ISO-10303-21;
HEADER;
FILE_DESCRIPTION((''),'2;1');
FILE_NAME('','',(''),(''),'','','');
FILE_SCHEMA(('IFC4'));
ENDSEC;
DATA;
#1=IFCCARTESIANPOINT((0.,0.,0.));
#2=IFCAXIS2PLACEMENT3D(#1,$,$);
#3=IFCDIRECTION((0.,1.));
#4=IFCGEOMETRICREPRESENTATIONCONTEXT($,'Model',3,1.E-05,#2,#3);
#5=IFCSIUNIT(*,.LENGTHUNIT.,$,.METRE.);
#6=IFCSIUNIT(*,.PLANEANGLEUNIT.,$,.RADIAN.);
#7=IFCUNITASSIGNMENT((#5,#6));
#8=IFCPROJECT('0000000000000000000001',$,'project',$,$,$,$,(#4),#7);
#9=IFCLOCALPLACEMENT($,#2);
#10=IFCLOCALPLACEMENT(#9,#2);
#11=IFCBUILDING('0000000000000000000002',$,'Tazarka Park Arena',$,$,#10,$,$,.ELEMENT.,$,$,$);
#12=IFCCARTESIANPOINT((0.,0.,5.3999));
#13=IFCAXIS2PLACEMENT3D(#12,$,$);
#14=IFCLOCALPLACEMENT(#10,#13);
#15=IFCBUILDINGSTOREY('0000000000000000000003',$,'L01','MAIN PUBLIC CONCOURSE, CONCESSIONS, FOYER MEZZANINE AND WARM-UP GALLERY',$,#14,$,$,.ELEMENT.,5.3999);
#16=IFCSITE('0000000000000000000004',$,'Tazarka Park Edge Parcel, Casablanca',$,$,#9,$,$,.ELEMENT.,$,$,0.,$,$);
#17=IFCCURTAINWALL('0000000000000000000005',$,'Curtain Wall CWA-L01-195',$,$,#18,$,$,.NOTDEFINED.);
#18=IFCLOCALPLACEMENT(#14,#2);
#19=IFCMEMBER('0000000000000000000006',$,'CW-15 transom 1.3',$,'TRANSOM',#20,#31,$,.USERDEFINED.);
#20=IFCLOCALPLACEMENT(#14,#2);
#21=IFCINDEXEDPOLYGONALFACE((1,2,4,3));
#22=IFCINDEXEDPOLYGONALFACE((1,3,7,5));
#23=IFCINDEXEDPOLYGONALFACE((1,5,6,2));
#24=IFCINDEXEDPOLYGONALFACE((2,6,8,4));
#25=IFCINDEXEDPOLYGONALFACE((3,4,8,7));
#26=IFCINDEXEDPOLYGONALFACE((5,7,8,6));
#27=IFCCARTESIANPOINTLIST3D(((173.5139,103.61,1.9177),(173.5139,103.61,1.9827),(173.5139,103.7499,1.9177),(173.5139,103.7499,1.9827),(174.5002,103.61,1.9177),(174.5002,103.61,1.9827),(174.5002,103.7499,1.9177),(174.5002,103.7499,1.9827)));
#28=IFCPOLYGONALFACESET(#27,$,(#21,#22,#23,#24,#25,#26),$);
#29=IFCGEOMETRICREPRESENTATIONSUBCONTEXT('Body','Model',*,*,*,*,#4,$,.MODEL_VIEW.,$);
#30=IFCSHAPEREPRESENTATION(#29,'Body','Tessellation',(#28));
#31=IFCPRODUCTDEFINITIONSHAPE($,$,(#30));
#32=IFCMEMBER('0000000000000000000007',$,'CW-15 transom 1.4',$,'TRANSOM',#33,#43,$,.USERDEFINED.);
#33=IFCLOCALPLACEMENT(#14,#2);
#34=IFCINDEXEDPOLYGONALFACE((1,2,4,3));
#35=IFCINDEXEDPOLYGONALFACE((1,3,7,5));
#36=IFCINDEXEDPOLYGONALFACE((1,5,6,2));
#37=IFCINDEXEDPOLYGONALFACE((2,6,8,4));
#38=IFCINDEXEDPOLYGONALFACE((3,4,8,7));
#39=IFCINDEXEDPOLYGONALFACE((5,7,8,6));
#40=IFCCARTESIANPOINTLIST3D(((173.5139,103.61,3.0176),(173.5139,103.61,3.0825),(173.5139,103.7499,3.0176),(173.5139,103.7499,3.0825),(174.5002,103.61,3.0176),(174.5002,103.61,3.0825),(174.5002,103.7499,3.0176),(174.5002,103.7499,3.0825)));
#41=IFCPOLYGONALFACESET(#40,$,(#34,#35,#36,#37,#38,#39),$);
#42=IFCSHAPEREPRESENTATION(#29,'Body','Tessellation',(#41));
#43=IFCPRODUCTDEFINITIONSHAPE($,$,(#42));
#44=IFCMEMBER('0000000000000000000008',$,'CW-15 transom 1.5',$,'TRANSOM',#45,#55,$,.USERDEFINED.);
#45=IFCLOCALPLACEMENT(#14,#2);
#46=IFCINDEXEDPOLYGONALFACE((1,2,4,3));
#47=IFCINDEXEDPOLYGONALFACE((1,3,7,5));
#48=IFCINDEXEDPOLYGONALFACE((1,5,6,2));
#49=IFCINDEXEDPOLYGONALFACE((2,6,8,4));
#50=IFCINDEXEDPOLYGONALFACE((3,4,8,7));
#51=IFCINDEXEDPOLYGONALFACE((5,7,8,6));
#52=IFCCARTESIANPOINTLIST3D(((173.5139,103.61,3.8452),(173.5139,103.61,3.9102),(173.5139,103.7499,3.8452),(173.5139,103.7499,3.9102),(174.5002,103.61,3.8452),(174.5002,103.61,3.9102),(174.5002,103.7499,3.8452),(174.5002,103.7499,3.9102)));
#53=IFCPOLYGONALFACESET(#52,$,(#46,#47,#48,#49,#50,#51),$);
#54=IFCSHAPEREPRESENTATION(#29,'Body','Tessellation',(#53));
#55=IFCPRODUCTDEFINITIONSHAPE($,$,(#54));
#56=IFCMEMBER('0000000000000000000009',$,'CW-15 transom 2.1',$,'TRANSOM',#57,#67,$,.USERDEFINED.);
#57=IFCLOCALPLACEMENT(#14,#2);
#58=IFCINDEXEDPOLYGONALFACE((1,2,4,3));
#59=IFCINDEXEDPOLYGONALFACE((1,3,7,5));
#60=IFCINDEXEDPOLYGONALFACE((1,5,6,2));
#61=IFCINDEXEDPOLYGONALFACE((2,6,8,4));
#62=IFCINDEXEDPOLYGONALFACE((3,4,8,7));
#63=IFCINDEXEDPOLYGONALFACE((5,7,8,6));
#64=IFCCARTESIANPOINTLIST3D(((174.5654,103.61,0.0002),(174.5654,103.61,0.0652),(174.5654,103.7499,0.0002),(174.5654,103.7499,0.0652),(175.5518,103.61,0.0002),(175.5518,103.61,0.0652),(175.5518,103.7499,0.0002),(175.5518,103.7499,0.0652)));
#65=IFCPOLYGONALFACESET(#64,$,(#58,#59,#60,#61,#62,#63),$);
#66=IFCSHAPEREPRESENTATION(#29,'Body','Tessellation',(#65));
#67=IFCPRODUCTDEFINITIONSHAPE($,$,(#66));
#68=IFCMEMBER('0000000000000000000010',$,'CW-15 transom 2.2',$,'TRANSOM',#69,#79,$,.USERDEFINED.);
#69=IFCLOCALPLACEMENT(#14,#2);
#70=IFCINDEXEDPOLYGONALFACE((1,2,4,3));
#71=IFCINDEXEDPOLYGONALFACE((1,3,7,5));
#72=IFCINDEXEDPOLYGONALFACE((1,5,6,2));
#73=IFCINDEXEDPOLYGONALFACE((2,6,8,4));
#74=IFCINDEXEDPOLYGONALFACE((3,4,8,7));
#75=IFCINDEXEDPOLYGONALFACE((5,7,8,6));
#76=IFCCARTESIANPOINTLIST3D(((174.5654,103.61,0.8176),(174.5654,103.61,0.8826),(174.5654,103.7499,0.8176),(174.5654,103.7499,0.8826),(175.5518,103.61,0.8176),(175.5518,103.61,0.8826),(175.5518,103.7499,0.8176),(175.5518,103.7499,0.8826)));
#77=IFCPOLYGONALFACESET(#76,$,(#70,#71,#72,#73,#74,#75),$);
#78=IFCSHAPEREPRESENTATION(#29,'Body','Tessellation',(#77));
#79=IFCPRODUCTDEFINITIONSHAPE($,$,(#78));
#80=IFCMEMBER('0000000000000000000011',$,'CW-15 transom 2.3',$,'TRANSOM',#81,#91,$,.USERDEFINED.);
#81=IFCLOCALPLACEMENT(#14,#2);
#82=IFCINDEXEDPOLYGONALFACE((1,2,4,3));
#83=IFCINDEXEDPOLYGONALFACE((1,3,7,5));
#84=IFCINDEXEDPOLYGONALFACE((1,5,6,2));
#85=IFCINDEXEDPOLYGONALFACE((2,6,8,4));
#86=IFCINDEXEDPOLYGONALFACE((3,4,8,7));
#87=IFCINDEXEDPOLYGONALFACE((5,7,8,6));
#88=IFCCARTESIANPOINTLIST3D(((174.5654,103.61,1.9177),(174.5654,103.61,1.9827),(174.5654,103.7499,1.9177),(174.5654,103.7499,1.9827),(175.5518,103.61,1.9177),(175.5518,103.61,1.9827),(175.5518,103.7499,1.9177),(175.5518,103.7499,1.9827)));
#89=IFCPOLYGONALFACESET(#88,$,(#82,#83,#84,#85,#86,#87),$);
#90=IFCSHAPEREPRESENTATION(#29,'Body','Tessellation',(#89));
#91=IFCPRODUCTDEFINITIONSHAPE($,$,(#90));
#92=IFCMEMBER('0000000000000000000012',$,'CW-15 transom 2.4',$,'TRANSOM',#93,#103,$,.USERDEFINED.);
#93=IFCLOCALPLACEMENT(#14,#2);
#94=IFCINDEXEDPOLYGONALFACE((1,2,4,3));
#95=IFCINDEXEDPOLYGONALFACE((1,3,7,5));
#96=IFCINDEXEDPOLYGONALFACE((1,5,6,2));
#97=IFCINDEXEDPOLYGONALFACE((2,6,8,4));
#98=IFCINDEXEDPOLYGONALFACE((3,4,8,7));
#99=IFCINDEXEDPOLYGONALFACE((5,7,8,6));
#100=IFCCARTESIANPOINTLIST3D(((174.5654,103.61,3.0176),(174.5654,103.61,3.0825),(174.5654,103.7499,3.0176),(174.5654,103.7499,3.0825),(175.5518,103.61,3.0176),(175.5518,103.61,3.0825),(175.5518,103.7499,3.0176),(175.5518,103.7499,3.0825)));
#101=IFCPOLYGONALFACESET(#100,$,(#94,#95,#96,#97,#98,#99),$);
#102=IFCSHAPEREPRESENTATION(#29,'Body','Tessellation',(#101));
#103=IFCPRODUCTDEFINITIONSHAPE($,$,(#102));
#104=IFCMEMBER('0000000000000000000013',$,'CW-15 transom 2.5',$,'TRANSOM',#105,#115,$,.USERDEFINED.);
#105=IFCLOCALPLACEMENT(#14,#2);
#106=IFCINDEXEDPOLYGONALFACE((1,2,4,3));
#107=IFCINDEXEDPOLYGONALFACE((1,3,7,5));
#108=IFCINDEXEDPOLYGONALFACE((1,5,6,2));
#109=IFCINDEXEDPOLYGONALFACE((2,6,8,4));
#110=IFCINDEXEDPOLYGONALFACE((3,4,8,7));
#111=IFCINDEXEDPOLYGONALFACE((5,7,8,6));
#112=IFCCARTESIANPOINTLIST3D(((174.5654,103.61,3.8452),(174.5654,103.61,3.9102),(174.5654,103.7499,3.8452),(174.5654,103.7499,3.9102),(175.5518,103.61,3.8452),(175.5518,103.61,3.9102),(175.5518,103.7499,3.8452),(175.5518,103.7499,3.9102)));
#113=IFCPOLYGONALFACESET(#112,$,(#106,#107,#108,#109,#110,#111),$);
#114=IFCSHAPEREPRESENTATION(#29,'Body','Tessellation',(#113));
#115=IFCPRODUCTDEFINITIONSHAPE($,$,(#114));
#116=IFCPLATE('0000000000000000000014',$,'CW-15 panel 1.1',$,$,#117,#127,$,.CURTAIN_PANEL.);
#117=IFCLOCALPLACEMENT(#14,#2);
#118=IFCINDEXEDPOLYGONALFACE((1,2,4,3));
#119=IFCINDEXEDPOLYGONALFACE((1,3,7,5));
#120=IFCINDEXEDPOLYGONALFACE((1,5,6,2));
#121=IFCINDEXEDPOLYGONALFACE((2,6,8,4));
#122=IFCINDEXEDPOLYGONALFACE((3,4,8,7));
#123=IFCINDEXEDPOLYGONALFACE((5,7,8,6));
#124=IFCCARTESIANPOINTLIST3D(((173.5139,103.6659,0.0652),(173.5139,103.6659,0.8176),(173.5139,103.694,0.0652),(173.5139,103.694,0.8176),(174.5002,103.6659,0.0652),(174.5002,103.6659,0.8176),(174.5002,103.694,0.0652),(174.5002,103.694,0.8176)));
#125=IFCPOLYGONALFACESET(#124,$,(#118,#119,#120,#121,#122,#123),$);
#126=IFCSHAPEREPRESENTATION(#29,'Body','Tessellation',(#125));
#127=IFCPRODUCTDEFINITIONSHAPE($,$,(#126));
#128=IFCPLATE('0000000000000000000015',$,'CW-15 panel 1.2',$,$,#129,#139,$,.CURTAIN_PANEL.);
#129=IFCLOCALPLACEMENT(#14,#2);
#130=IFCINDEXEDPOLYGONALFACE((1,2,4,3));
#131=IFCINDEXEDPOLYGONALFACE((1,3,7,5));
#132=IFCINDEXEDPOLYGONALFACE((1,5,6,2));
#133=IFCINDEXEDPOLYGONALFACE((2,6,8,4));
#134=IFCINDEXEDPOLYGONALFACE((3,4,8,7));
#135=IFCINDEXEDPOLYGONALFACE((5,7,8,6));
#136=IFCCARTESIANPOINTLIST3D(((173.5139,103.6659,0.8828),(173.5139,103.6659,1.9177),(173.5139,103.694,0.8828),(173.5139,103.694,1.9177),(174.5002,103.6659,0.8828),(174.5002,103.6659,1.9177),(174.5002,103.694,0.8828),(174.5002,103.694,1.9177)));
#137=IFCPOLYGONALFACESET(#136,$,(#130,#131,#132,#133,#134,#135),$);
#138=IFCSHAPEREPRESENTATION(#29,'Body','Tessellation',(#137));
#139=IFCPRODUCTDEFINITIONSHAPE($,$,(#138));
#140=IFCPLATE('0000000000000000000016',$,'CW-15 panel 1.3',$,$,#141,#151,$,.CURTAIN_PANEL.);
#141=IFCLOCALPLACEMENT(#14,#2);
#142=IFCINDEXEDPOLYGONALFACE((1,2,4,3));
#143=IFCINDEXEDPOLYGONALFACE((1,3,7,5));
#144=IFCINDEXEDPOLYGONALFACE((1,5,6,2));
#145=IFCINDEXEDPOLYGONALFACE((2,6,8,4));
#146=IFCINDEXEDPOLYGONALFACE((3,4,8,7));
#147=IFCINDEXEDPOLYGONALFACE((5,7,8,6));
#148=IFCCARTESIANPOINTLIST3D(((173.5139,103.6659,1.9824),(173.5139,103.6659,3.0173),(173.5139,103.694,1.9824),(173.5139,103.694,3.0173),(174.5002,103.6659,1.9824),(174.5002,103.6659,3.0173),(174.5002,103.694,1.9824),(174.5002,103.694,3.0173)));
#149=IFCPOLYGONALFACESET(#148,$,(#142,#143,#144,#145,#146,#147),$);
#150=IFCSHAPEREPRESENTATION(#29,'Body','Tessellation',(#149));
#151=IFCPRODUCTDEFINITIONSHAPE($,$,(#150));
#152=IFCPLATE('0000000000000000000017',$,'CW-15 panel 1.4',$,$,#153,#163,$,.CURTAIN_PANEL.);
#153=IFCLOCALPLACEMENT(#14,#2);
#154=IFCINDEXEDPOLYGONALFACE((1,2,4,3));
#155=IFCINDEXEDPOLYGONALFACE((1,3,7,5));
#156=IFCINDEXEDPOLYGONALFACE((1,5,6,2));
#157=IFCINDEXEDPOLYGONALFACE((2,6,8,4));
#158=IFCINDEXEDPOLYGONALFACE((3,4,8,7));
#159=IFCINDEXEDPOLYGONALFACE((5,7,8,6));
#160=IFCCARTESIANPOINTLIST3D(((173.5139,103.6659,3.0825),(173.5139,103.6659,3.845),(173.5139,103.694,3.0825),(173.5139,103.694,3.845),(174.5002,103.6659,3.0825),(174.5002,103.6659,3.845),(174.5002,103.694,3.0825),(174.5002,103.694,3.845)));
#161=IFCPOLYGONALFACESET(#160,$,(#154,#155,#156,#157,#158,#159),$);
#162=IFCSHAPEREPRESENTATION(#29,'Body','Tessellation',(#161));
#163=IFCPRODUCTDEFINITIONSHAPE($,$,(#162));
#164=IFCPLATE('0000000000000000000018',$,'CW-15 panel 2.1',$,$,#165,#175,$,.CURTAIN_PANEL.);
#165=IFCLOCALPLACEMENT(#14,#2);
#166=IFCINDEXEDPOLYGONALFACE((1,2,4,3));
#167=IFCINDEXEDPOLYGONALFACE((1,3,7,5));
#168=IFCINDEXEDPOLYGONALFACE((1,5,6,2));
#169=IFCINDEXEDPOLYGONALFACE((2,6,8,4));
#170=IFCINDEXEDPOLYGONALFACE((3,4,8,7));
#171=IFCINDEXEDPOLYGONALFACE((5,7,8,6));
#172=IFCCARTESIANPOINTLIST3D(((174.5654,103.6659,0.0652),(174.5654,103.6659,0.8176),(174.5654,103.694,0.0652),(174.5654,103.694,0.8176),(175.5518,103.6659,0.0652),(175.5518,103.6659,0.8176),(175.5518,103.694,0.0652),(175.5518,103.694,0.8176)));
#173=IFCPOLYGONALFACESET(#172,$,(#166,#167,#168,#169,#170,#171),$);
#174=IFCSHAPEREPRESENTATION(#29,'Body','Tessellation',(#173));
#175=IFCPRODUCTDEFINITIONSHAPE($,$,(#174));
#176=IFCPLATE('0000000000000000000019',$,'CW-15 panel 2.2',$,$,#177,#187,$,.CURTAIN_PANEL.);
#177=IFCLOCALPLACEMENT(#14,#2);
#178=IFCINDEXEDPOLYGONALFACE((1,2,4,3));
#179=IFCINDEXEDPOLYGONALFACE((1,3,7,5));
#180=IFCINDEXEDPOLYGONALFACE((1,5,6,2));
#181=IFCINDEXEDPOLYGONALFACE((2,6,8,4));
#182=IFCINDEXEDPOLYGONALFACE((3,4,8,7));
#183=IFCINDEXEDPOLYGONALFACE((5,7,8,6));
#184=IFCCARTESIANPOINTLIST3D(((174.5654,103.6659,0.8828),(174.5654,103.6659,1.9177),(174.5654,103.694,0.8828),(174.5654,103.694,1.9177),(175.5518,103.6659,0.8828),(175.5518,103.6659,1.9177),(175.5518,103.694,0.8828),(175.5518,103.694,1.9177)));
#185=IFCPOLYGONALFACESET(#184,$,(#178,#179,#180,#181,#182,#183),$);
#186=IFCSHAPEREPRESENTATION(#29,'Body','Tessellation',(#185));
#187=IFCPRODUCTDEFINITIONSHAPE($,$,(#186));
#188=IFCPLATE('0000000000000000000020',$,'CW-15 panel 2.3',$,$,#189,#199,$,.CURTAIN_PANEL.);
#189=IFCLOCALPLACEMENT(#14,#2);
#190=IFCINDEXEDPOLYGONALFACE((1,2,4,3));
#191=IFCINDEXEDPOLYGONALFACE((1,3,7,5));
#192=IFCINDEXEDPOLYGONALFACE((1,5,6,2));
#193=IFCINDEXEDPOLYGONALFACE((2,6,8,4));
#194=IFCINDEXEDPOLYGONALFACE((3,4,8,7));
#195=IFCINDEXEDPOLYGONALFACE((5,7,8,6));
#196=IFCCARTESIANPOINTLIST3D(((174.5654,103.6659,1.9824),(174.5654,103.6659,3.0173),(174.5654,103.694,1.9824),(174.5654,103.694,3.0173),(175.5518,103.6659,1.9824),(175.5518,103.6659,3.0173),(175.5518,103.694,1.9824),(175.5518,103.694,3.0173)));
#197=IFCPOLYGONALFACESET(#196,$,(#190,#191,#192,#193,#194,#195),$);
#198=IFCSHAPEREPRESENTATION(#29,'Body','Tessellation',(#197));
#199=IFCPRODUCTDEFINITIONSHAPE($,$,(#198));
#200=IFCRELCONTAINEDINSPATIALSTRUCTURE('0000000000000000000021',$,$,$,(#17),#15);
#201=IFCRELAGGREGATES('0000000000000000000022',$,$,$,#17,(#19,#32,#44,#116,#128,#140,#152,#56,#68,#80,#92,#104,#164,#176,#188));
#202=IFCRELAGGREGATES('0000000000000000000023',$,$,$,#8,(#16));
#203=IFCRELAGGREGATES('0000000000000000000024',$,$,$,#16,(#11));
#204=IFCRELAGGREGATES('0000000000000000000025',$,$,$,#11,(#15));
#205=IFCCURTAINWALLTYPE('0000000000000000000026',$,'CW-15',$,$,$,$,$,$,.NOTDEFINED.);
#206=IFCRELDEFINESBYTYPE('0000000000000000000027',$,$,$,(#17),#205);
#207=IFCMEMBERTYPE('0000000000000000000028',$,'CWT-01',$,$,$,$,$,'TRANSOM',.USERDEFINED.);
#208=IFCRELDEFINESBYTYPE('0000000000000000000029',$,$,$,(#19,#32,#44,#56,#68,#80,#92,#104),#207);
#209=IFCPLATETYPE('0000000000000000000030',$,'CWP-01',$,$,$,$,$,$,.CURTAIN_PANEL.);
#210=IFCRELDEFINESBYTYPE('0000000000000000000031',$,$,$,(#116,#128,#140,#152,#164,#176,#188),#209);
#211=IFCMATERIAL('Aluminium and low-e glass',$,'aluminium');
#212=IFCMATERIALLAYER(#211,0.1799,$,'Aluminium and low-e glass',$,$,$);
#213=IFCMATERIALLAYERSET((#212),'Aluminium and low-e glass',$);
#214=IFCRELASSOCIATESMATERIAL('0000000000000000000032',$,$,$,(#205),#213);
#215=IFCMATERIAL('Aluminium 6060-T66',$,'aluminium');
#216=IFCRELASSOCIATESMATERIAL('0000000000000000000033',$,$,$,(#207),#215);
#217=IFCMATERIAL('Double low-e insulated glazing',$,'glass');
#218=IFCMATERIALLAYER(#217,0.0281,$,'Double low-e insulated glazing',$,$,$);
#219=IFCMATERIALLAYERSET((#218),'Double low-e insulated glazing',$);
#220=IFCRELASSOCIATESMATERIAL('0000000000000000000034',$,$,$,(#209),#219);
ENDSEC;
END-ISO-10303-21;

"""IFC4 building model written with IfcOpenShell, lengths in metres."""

from ifc_helpers import new_model, si_unit, direction, frame, origin, origin_2d, place, context, subcontext, project, spatial, rectangle, extrude, material, layer, layer_set, material_profile, profile_set, type_object, element, aggregate, save


model = new_model("IFC4")

# Units and contexts
model_context = context("Model", 3, precision=1e-05, world=origin(), true_north=direction((0.0, 1.0)))
body_context = subcontext(model_context, "Body", "Model", "MODEL_VIEW")
ifc_project = project(units=[si_unit("LENGTHUNIT", "METRE"), si_unit("PLANEANGLEUNIT", "RADIAN")], contexts=[model_context])

# Site, building, storey
site_placement = place(None, origin())
site = spatial("IfcSite", under=ifc_project, at=site_placement, Name="Tazarka Park Edge Parcel, Casablanca", CompositionType="ELEMENT", RefElevation=0.0)
building_placement = place(site_placement, origin())
building = spatial("IfcBuilding", under=site, at=building_placement, Name="Tazarka Park Arena", CompositionType="ELEMENT")
storey_placement = place(building_placement, frame((0.0, 0.0, 5.3999)))
storey = spatial("IfcBuildingStorey", under=building, at=storey_placement, Name="L01", Description="MAIN PUBLIC CONCOURSE, CONCESSIONS, FOYER MEZZANINE AND WARM-UP GALLERY", CompositionType="ELEMENT", Elevation=5.3999)

# Curtain wall
ifc_material_1 = material(Name="Aluminium and low-e glass", Category="aluminium")
ifc_layer_1 = layer(ifc_material_1, 0.1799, Name="Aluminium and low-e glass")
ifc_layer_set_1 = layer_set([ifc_layer_1], Name="Aluminium and low-e glass")
curtain_wall_type_1 = type_object("IfcCurtainWallType", Name="CW-15", PredefinedType="NOTDEFINED", material=ifc_layer_set_1)
curtain_wall_1_placement = place(storey_placement, origin())
curtain_wall_1 = element("IfcCurtainWall", 1, at=curtain_wall_1_placement, inside=storey, type_object=curtain_wall_type_1, Name="Curtain Wall CWA-L01-195", PredefinedType="NOTDEFINED")

# Members
ifc_material_2 = material(Name="Aluminium 6060-T66", Category="aluminium")
ifc_material_profile_1 = material_profile(ifc_material_2, rectangle(XDim=0.1399, YDim=0.0649, at=origin_2d()), Name="Aluminium 6060-T66")
ifc_profile_set_1 = profile_set([ifc_material_profile_1], Name="Aluminium 6060-T66")
member_type_1 = type_object("IfcMemberType", Name="CWT-01", ElementType="TRANSOM", PredefinedType="USERDEFINED", material=ifc_profile_set_1)
member_1_placement = place(storey_placement, frame((173.5139, 103.6799, 1.9502), z_axis=(1.0, 0.0, 0.0), x_axis=(0.0, 1.0, 0.0)))
member_1 = element("IfcMember", 2, at=member_1_placement, type_object=member_type_1, Name="CW-15 transom 1.3", ObjectType="TRANSOM", PredefinedType="USERDEFINED", context=body_context, shape_type="SweptSolid", body=[
    extrude(rectangle(XDim=0.1399, YDim=0.0649, at=origin_2d()), origin(), (0.0, 0.0, 1.0), 0.9863),
])
member_2_placement = place(storey_placement, frame((173.5139, 103.6799, 3.05), z_axis=(1.0, 0.0, 0.0), x_axis=(0.0, 1.0, 0.0)))
member_2 = element("IfcMember", 3, at=member_2_placement, type_object=member_type_1, Name="CW-15 transom 1.4", ObjectType="TRANSOM", PredefinedType="USERDEFINED", context=body_context, shape_type="SweptSolid", body=[
    extrude(rectangle(XDim=0.1399, YDim=0.0649, at=origin_2d()), origin(), (0.0, 0.0, 1.0), 0.9863),
])
member_3_placement = place(storey_placement, frame((173.5139, 103.6799, 3.8777), z_axis=(1.0, 0.0, 0.0), x_axis=(0.0, 1.0, 0.0)))
member_3 = element("IfcMember", 4, at=member_3_placement, type_object=member_type_1, Name="CW-15 transom 1.5", ObjectType="TRANSOM", PredefinedType="USERDEFINED", context=body_context, shape_type="SweptSolid", body=[
    extrude(rectangle(XDim=0.1399, YDim=0.0649, at=origin_2d()), origin(), (0.0, 0.0, 1.0), 0.9863),
])
member_4_placement = place(storey_placement, frame((174.5654, 103.6799, 0.0327), z_axis=(1.0, 0.0, 0.0), x_axis=(0.0, 1.0, 0.0)))
member_4 = element("IfcMember", 5, at=member_4_placement, type_object=member_type_1, Name="CW-15 transom 2.1", ObjectType="TRANSOM", PredefinedType="USERDEFINED", context=body_context, shape_type="SweptSolid", body=[
    extrude(rectangle(XDim=0.1399, YDim=0.0649, at=origin_2d()), origin(), (0.0, 0.0, 1.0), 0.9863),
])
member_5_placement = place(storey_placement, frame((174.5654, 103.6799, 0.8501), z_axis=(1.0, 0.0, 0.0), x_axis=(0.0, 1.0, 0.0)))
member_5 = element("IfcMember", 6, at=member_5_placement, type_object=member_type_1, Name="CW-15 transom 2.2", ObjectType="TRANSOM", PredefinedType="USERDEFINED", context=body_context, shape_type="SweptSolid", body=[
    extrude(rectangle(XDim=0.1399, YDim=0.0649, at=origin_2d()), origin(), (0.0, 0.0, 1.0), 0.9863),
])
member_6_placement = place(storey_placement, frame((174.5654, 103.6799, 1.9502), z_axis=(1.0, 0.0, 0.0), x_axis=(0.0, 1.0, 0.0)))
member_6 = element("IfcMember", 7, at=member_6_placement, type_object=member_type_1, Name="CW-15 transom 2.3", ObjectType="TRANSOM", PredefinedType="USERDEFINED", context=body_context, shape_type="SweptSolid", body=[
    extrude(rectangle(XDim=0.1399, YDim=0.0649, at=origin_2d()), origin(), (0.0, 0.0, 1.0), 0.9863),
])
member_7_placement = place(storey_placement, frame((174.5654, 103.6799, 3.05), z_axis=(1.0, 0.0, 0.0), x_axis=(0.0, 1.0, 0.0)))
member_7 = element("IfcMember", 8, at=member_7_placement, type_object=member_type_1, Name="CW-15 transom 2.4", ObjectType="TRANSOM", PredefinedType="USERDEFINED", context=body_context, shape_type="SweptSolid", body=[
    extrude(rectangle(XDim=0.1399, YDim=0.0649, at=origin_2d()), origin(), (0.0, 0.0, 1.0), 0.9863),
])
member_8_placement = place(storey_placement, frame((174.5654, 103.6799, 3.8777), z_axis=(1.0, 0.0, 0.0), x_axis=(0.0, 1.0, 0.0)))
member_8 = element("IfcMember", 9, at=member_8_placement, type_object=member_type_1, Name="CW-15 transom 2.5", ObjectType="TRANSOM", PredefinedType="USERDEFINED", context=body_context, shape_type="SweptSolid", body=[
    extrude(rectangle(XDim=0.1399, YDim=0.0649, at=origin_2d()), origin(), (0.0, 0.0, 1.0), 0.9863),
])

# Plates
ifc_material_3 = material(Name="Double low-e insulated glazing", Category="glass")
ifc_layer_2 = layer(ifc_material_3, 0.0281, Name="Double low-e insulated glazing")
ifc_layer_set_2 = layer_set([ifc_layer_2], Name="Double low-e insulated glazing")
plate_type_1 = type_object("IfcPlateType", Name="CWP-01", PredefinedType="CURTAIN_PANEL", material=ifc_layer_set_2)
plate_1_placement = place(storey_placement, frame((174.0071, 103.6799, 0.0652), z_axis=(0.0, 0.0, 1.0), x_axis=(1.0, 0.0, 0.0)))
plate_1 = element("IfcPlate", 10, at=plate_1_placement, type_object=plate_type_1, Name="CW-15 panel 1.1", PredefinedType="CURTAIN_PANEL", context=body_context, shape_type="SweptSolid", body=[
    extrude(rectangle(XDim=0.9863, YDim=0.0281, at=origin_2d()), origin(), (0.0, 0.0, 1.0), 0.7524),
])
plate_2_placement = place(storey_placement, frame((174.0071, 103.6799, 0.8828), z_axis=(0.0, 0.0, 1.0), x_axis=(1.0, 0.0, 0.0)))
plate_2 = element("IfcPlate", 11, at=plate_2_placement, type_object=plate_type_1, Name="CW-15 panel 1.2", PredefinedType="CURTAIN_PANEL", context=body_context, shape_type="SweptSolid", body=[
    extrude(rectangle(XDim=0.9863, YDim=0.0281, at=origin_2d()), origin(), (0.0, 0.0, 1.0), 1.0349),
])
plate_3_placement = place(storey_placement, frame((174.0071, 103.6799, 1.9824), z_axis=(0.0, 0.0, 1.0), x_axis=(1.0, 0.0, 0.0)))
plate_3 = element("IfcPlate", 12, at=plate_3_placement, type_object=plate_type_1, Name="CW-15 panel 1.3", PredefinedType="CURTAIN_PANEL", context=body_context, shape_type="SweptSolid", body=[
    extrude(rectangle(XDim=0.9863, YDim=0.0281, at=origin_2d()), origin(), (0.0, 0.0, 1.0), 1.0349),
])
plate_4_placement = place(storey_placement, frame((174.0071, 103.6799, 3.0825), z_axis=(0.0, 0.0, 1.0), x_axis=(1.0, 0.0, 0.0)))
plate_4 = element("IfcPlate", 13, at=plate_4_placement, type_object=plate_type_1, Name="CW-15 panel 1.4", PredefinedType="CURTAIN_PANEL", context=body_context, shape_type="SweptSolid", body=[
    extrude(rectangle(XDim=0.9863, YDim=0.0281, at=origin_2d()), origin(), (0.0, 0.0, 1.0), 0.7625),
])
plate_5_placement = place(storey_placement, frame((175.0586, 103.6799, 0.0652), z_axis=(0.0, 0.0, 1.0), x_axis=(1.0, 0.0, 0.0)))
plate_5 = element("IfcPlate", 14, at=plate_5_placement, type_object=plate_type_1, Name="CW-15 panel 2.1", PredefinedType="CURTAIN_PANEL", context=body_context, shape_type="SweptSolid", body=[
    extrude(rectangle(XDim=0.9863, YDim=0.0281, at=origin_2d()), origin(), (0.0, 0.0, 1.0), 0.7524),
])
plate_6_placement = place(storey_placement, frame((175.0586, 103.6799, 0.8828), z_axis=(0.0, 0.0, 1.0), x_axis=(1.0, 0.0, 0.0)))
plate_6 = element("IfcPlate", 15, at=plate_6_placement, type_object=plate_type_1, Name="CW-15 panel 2.2", PredefinedType="CURTAIN_PANEL", context=body_context, shape_type="SweptSolid", body=[
    extrude(rectangle(XDim=0.9863, YDim=0.0281, at=origin_2d()), origin(), (0.0, 0.0, 1.0), 1.0349),
])
plate_7_placement = place(storey_placement, frame((175.0586, 103.6799, 1.9824), z_axis=(0.0, 0.0, 1.0), x_axis=(1.0, 0.0, 0.0)))
plate_7 = element("IfcPlate", 16, at=plate_7_placement, type_object=plate_type_1, Name="CW-15 panel 2.3", PredefinedType="CURTAIN_PANEL", context=body_context, shape_type="SweptSolid", body=[
    extrude(rectangle(XDim=0.9863, YDim=0.0281, at=origin_2d()), origin(), (0.0, 0.0, 1.0), 1.0349),
])
aggregate(curtain_wall_1, [member_1, member_2, member_3, plate_1, plate_2, plate_3, plate_4, member_4, member_5, member_6, member_7, member_8, plate_5, plate_6, plate_7])

save(model, "model.ifc")
